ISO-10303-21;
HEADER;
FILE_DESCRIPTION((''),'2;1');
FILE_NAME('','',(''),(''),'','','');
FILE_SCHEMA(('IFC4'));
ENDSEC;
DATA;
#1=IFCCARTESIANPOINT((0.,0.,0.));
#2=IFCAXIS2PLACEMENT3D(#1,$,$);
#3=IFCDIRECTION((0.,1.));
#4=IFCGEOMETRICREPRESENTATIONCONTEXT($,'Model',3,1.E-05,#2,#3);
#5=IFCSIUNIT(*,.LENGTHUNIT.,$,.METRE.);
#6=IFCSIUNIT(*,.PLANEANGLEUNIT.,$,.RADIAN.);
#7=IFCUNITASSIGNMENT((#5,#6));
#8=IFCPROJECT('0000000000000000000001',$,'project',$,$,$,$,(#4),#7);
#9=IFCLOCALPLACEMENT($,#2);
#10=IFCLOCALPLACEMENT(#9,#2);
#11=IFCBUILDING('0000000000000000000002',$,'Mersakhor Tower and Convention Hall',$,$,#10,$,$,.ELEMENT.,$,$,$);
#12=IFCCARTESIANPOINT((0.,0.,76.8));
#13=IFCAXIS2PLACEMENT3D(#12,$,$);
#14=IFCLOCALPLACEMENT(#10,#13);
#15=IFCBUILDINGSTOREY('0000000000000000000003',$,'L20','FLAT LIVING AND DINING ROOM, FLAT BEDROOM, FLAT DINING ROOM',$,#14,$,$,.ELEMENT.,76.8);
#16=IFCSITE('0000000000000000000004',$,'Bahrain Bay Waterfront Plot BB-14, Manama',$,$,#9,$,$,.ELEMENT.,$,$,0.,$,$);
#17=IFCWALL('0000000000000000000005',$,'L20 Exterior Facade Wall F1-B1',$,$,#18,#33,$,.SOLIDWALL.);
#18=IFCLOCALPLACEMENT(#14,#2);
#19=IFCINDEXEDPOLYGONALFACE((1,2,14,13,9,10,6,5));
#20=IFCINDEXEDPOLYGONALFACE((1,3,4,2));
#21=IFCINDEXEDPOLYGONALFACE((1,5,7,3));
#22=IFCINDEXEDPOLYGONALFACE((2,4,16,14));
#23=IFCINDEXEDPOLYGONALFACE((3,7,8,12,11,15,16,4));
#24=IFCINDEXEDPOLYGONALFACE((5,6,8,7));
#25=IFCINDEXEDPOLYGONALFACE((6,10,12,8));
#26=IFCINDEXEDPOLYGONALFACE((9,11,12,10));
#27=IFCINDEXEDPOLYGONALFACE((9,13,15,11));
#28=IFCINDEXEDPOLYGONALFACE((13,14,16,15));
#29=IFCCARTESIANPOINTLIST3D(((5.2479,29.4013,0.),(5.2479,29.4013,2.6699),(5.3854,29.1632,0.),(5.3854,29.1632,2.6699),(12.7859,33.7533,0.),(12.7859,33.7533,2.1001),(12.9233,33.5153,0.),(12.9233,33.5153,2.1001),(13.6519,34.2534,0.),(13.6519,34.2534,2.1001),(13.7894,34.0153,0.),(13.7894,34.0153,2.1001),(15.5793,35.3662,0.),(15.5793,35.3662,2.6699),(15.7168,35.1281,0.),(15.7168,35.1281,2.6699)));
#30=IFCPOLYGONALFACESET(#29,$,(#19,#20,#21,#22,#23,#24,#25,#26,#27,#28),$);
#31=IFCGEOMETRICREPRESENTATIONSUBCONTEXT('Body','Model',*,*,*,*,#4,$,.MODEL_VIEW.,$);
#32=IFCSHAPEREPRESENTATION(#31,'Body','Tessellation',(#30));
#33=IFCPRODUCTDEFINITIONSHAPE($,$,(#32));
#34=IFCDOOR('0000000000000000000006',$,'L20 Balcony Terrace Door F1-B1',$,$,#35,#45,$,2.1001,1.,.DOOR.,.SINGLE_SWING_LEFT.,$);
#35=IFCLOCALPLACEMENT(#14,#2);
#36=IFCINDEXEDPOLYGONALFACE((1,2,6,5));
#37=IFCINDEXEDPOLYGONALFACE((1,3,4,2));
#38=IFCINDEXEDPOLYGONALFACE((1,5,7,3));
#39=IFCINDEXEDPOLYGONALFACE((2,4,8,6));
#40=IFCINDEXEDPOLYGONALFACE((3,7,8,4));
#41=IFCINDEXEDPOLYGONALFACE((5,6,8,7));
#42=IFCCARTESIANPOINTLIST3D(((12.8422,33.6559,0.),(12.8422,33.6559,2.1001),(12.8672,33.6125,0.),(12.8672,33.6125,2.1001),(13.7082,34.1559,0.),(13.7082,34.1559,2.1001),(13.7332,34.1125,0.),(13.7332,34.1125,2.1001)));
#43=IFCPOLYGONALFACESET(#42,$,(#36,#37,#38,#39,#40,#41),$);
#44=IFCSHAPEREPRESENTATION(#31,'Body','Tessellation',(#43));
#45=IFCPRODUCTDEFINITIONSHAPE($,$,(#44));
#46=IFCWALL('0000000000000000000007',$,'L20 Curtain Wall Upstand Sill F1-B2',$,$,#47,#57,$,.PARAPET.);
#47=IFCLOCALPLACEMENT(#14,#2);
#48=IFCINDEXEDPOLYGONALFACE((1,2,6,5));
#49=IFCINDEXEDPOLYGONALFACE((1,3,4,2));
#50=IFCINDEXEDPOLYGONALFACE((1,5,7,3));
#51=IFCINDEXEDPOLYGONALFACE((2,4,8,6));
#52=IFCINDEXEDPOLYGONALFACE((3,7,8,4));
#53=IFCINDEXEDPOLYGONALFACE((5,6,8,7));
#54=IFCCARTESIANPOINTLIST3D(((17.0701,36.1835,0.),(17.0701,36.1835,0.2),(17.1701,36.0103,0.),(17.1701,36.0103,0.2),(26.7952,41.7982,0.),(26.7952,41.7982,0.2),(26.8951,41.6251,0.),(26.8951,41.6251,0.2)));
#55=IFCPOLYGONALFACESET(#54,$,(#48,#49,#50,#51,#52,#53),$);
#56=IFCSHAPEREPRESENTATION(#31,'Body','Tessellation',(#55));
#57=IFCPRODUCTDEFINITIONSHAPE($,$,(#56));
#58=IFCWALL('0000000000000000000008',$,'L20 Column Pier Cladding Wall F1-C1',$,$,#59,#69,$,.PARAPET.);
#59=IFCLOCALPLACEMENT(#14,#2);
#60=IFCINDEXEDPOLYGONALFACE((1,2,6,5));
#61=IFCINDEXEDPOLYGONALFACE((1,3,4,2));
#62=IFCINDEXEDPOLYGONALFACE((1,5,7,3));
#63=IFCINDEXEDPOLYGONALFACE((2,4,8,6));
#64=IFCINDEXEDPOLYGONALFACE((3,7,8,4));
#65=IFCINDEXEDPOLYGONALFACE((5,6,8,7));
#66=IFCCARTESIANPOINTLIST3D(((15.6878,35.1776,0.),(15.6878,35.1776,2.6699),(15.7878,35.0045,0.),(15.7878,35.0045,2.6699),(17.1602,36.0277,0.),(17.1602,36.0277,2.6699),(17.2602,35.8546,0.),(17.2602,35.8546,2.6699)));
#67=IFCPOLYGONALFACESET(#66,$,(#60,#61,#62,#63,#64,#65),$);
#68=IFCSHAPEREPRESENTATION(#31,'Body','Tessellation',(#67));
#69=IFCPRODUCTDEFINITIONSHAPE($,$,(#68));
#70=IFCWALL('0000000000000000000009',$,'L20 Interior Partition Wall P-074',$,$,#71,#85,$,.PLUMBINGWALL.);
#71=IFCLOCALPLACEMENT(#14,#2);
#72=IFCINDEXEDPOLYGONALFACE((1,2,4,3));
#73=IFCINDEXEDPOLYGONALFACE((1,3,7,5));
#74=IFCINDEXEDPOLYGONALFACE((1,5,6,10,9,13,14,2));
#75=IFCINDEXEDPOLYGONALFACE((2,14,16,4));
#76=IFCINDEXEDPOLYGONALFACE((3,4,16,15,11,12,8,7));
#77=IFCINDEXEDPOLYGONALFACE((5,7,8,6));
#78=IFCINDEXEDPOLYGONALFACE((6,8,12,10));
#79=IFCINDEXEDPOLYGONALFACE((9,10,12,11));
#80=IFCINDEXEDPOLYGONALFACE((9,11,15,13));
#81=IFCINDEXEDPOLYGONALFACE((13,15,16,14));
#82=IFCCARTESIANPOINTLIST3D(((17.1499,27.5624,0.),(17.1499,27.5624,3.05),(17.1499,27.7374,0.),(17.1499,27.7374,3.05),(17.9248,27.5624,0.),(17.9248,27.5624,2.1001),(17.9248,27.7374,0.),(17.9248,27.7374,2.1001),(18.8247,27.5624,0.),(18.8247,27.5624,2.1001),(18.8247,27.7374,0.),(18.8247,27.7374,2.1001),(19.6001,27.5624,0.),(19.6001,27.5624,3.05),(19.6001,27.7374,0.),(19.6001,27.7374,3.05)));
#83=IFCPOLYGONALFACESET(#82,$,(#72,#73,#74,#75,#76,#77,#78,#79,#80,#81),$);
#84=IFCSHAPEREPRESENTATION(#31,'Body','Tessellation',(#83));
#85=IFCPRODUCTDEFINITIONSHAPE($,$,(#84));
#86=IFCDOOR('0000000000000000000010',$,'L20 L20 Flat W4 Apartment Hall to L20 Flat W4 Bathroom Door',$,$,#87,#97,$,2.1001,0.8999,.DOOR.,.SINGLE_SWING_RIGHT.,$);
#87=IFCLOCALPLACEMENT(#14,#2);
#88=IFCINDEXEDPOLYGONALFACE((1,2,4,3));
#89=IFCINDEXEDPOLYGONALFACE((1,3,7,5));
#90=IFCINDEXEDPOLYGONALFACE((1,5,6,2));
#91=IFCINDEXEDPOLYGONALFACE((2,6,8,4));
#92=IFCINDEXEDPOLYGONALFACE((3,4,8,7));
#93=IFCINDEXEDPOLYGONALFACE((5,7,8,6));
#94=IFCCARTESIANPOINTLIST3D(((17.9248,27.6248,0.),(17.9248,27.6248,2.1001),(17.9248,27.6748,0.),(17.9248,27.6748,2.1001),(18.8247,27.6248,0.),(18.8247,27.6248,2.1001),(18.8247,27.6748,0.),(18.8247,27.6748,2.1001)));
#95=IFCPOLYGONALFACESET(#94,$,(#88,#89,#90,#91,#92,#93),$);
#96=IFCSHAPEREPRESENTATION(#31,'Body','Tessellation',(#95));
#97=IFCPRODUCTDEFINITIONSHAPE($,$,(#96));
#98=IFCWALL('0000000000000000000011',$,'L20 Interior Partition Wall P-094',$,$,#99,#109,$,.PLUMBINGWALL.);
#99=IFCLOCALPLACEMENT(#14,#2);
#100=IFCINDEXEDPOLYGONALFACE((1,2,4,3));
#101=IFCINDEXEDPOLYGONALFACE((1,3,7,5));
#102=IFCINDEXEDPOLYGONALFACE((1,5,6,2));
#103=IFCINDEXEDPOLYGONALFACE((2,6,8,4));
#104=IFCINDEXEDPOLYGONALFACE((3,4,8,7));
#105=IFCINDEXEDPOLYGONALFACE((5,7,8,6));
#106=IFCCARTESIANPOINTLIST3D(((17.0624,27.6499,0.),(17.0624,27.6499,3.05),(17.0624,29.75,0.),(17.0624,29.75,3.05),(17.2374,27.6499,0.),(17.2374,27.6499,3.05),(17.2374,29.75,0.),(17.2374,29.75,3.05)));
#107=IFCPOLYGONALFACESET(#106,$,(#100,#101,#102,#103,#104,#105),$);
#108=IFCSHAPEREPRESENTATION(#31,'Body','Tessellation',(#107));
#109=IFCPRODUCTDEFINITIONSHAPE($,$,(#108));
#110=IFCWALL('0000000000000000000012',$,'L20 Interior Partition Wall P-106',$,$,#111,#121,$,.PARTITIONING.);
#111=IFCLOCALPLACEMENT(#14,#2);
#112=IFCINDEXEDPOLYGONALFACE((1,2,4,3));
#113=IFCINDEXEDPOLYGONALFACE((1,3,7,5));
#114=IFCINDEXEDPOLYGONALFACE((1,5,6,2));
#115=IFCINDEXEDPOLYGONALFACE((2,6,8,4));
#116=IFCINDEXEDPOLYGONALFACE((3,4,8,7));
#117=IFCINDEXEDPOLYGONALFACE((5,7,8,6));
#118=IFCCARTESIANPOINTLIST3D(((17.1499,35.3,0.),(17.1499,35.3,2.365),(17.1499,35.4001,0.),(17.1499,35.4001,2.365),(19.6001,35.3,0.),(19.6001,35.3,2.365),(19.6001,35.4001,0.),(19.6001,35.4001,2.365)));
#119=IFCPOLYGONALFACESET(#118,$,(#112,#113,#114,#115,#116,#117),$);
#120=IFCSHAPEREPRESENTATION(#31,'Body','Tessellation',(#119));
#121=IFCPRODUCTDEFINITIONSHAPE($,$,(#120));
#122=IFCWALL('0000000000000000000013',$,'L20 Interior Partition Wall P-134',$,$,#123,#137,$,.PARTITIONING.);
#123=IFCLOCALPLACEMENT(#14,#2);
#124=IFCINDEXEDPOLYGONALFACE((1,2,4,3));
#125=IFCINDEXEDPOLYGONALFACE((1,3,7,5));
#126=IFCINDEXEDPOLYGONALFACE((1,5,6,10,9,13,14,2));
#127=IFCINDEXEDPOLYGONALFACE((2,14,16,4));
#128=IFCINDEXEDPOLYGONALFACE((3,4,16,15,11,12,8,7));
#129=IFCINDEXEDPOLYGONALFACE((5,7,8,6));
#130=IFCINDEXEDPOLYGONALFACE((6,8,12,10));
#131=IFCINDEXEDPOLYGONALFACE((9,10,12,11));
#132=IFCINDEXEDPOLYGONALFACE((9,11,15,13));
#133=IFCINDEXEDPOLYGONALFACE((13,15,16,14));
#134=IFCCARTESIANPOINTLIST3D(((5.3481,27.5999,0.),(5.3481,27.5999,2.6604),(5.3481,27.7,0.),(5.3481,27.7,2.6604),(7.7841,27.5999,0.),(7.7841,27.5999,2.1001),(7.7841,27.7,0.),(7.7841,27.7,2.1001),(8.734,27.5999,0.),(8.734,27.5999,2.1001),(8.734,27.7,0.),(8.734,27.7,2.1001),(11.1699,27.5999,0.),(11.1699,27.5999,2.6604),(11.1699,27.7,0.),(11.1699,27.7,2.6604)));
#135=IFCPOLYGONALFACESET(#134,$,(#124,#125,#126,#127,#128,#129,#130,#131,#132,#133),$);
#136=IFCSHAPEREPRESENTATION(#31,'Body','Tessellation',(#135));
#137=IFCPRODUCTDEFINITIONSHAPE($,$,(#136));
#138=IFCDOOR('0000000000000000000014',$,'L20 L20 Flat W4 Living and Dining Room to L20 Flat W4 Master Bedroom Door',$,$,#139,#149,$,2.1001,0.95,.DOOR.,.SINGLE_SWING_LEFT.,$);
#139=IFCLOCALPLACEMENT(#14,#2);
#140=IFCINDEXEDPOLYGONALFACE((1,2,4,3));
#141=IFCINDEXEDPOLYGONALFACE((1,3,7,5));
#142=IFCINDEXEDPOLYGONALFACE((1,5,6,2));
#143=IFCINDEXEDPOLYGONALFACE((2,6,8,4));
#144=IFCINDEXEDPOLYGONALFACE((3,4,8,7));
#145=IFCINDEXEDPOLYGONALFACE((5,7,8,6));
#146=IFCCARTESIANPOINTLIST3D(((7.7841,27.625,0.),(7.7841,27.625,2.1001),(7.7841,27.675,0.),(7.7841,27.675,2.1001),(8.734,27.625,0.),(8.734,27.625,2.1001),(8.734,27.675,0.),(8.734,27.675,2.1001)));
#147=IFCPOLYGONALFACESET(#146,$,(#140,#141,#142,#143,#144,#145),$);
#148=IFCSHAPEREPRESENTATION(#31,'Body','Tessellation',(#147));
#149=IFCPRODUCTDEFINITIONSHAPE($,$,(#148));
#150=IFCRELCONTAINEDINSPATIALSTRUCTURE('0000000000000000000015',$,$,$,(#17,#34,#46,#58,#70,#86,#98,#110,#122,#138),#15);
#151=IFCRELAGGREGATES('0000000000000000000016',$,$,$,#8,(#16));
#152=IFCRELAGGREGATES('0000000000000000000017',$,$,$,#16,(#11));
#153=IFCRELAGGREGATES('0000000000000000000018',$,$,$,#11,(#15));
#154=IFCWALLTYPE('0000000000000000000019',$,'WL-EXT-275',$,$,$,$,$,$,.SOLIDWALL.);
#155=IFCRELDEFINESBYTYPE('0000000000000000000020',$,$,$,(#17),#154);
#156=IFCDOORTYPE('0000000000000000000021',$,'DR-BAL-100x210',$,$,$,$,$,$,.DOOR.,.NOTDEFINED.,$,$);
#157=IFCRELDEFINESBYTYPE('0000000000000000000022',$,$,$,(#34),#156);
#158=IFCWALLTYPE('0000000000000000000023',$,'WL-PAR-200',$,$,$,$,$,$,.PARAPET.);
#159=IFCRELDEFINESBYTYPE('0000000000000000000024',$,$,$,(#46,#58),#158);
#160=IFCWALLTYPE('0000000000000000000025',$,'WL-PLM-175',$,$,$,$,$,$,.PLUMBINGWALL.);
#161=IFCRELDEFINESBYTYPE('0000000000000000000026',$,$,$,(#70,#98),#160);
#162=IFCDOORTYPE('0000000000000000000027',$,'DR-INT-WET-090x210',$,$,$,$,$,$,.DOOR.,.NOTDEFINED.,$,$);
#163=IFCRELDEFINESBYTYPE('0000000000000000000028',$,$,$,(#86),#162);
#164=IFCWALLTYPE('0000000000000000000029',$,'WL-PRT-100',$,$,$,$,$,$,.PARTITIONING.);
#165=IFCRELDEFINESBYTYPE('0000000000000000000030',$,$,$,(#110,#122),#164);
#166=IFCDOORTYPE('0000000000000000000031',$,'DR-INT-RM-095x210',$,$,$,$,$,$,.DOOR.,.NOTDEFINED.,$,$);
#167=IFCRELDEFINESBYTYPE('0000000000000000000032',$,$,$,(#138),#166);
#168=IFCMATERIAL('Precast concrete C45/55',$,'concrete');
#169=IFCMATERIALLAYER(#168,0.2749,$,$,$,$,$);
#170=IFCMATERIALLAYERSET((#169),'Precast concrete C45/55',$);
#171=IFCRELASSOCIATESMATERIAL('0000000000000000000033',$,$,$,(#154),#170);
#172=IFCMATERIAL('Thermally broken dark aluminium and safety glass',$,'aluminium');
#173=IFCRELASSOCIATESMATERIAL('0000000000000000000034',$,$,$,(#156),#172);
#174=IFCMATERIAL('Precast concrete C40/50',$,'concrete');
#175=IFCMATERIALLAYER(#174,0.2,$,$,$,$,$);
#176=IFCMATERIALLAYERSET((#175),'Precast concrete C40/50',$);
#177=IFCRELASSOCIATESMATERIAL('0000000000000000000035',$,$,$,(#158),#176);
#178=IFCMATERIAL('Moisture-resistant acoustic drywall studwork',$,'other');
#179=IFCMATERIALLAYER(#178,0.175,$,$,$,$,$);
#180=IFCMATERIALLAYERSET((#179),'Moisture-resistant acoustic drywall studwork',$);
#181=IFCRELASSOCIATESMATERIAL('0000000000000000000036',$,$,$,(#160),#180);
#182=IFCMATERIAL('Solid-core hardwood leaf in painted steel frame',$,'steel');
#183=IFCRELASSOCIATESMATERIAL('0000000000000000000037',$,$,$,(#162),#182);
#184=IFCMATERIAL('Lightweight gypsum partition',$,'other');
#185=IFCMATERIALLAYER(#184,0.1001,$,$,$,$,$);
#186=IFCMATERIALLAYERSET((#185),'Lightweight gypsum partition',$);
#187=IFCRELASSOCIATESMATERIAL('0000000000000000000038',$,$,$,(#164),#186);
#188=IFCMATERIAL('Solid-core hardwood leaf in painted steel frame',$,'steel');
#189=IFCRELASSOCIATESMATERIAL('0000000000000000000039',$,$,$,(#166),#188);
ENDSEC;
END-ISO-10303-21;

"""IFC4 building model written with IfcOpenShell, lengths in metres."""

from ifc_helpers import new_model, si_unit, direction, frame, frame_2d, origin, place, context, subcontext, project, spatial, rectangle, extrude, material, layer, layer_set, type_object, element, fill, save


model = new_model("IFC4")

# Units and contexts
model_context = context("Model", 3, precision=1e-05, world=origin(), true_north=direction((0.0, 1.0)))
body_context = subcontext(model_context, "Body", "Model", "MODEL_VIEW")
ifc_project = project(units=[si_unit("LENGTHUNIT", "METRE"), si_unit("PLANEANGLEUNIT", "RADIAN")], contexts=[model_context])

# Site, building, storey
site_placement = place(None, origin())
site = spatial("IfcSite", under=ifc_project, at=site_placement, Name="Bahrain Bay Waterfront Plot BB-14, Manama", CompositionType="ELEMENT", RefElevation=0.0)
building_placement = place(site_placement, origin())
building = spatial("IfcBuilding", under=site, at=building_placement, Name="Mersakhor Tower and Convention Hall", CompositionType="ELEMENT")
storey_placement = place(building_placement, frame((0.0, 0.0, 76.8)))
storey = spatial("IfcBuildingStorey", under=building, at=storey_placement, Name="L20", Description="FLAT LIVING AND DINING ROOM, FLAT BEDROOM, FLAT DINING ROOM", CompositionType="ELEMENT", Elevation=76.8)

# Wall, opening, door
ifc_material_1 = material(Name="Precast concrete C45/55", Category="concrete")
ifc_layer_1 = layer(ifc_material_1, 0.2749)
ifc_layer_set_1 = layer_set([ifc_layer_1], Name="Precast concrete C45/55")
wall_type_1 = type_object("IfcWallType", Name="WL-EXT-275", PredefinedType="SOLIDWALL", material=ifc_layer_set_1)
wall_1_placement = place(storey_placement, frame((5.3167, 29.2822, 0.0), z_axis=(0.0, 0.0, 1.0), x_axis=(0.866023, 0.500004, 0.0)))
wall_1 = element("IfcWall", 1, at=wall_1_placement, inside=storey, type_object=wall_type_1, Name="L20 Exterior Facade Wall F1-B1", PredefinedType="SOLIDWALL", context=body_context, shape_type="SweptSolid", body=[
    extrude(rectangle(XDim=11.9297, YDim=0.2749, at=frame_2d((5.9648, 0.0))), origin(), (0.0, 0.0, 1.0), 2.6699),
])
opening_1_placement = place(wall_1_placement, frame((8.7041, 0.0, 0.0)))
opening_1 = element("IfcOpeningElement", 2, at=opening_1_placement, cuts=wall_1, PredefinedType="OPENING", context=body_context, shape_type="SweptSolid", body=[
    extrude(rectangle(XDim=1.0, YDim=2.1001, at=frame_2d((0.5, 1.05))), frame((0.0, 0.1475, 0.0), z_axis=(0.0, -1.0, 0.0), x_axis=(1.0, 0.0, 0.0)), (0.0, 0.0, 1.0), 0.2949),
])
ifc_material_2 = material(Name="Thermally broken dark aluminium and safety glass", Category="aluminium")
door_type_1 = type_object("IfcDoorType", Name="DR-BAL-100x210", OperationType="NOTDEFINED", PredefinedType="DOOR", material=ifc_material_2)
door_1_placement = place(opening_1_placement, origin())
door_1 = element("IfcDoor", 3, at=door_1_placement, inside=storey, type_object=door_type_1, Name="L20 Balcony Terrace Door F1-B1", OperationType="SINGLE_SWING_LEFT", OverallHeight=2.1001, OverallWidth=1.0, PredefinedType="DOOR", context=body_context, shape_type="SweptSolid", body=[
    extrude(rectangle(XDim=1.0, YDim=2.1001, at=frame_2d((0.5, 1.05))), frame((0.0, 0.0249, 0.0), z_axis=(0.0, -1.0, 0.0), x_axis=(1.0, 0.0, 0.0)), (0.0, 0.0, 1.0), 0.05),
])
fill(opening_1, door_1)

# Walls
ifc_material_3 = material(Name="Precast concrete C40/50", Category="concrete")
ifc_layer_2 = layer(ifc_material_3, 0.2)
ifc_layer_set_2 = layer_set([ifc_layer_2], Name="Precast concrete C40/50")
wall_type_2 = type_object("IfcWallType", Name="WL-PAR-200", PredefinedType="PARAPET", material=ifc_layer_set_2)
wall_2_placement = place(storey_placement, frame((17.1201, 36.0969, 0.0), z_axis=(0.0, 0.0, 1.0), x_axis=(0.866027, 0.499997, 0.0)))
element("IfcWall", 4, at=wall_2_placement, inside=storey, type_object=wall_type_2, Name="L20 Curtain Wall Upstand Sill F1-B2", PredefinedType="PARAPET", context=body_context, shape_type="SweptSolid", body=[
    extrude(rectangle(XDim=11.2295, YDim=0.2, at=frame_2d((5.6147, 0.0))), origin(), (0.0, 0.0, 1.0), 0.2),
])
wall_3_placement = place(storey_placement, frame((15.7378, 35.0911, 0.0), z_axis=(0.0, 0.0, 1.0), x_axis=(0.866025, 0.5, 0.0)))
element("IfcWall", 5, at=wall_3_placement, inside=storey, type_object=wall_type_2, Name="L20 Column Pier Cladding Wall F1-C1", PredefinedType="PARAPET", context=body_context, shape_type="SweptSolid", body=[
    extrude(rectangle(XDim=1.7002, YDim=0.2, at=frame_2d((0.8501, 0.0))), origin(), (0.0, 0.0, 1.0), 2.6699),
])

# Wall, opening, door
ifc_material_4 = material(Name="Moisture-resistant acoustic drywall studwork", Category="other")
ifc_layer_3 = layer(ifc_material_4, 0.175)
ifc_layer_set_3 = layer_set([ifc_layer_3], Name="Moisture-resistant acoustic drywall studwork")
wall_type_3 = type_object("IfcWallType", Name="WL-PLM-175", PredefinedType="PLUMBINGWALL", material=ifc_layer_set_3)
wall_4_placement = place(storey_placement, frame((17.1499, 27.6499, 0.0), z_axis=(0.0, 0.0, 1.0), x_axis=(1.0, 0.0, 0.0)))
wall_4 = element("IfcWall", 6, at=wall_4_placement, inside=storey, type_object=wall_type_3, Name="L20 Interior Partition Wall P-074", PredefinedType="PLUMBINGWALL", context=body_context, shape_type="SweptSolid", body=[
    extrude(rectangle(XDim=2.4502, YDim=0.175, at=frame_2d((1.2251, 0.0))), origin(), (0.0, 0.0, 1.0), 3.05),
])
opening_2_placement = place(wall_4_placement, frame((0.7749, 0.0, 0.0)))
opening_2 = element("IfcOpeningElement", 7, at=opening_2_placement, cuts=wall_4, PredefinedType="OPENING", context=body_context, shape_type="SweptSolid", body=[
    extrude(rectangle(XDim=0.8999, YDim=2.1001, at=frame_2d((0.45, 1.05))), frame((0.0, 0.0974, 0.0), z_axis=(0.0, -1.0, 0.0), x_axis=(1.0, 0.0, 0.0)), (0.0, 0.0, 1.0), 0.1951),
])
ifc_material_5 = material(Name="Solid-core hardwood leaf in painted steel frame", Category="steel")
door_type_2 = type_object("IfcDoorType", Name="DR-INT-WET-090x210", OperationType="NOTDEFINED", PredefinedType="DOOR", material=ifc_material_5)
door_2_placement = place(opening_2_placement, origin())
door_2 = element("IfcDoor", 8, at=door_2_placement, inside=storey, type_object=door_type_2, Name="L20 L20 Flat W4 Apartment Hall to L20 Flat W4 Bathroom Door", OperationType="SINGLE_SWING_RIGHT", OverallHeight=2.1001, OverallWidth=0.8999, PredefinedType="DOOR", context=body_context, shape_type="SweptSolid", body=[
    extrude(rectangle(XDim=0.8999, YDim=2.1001, at=frame_2d((0.45, 1.05))), frame((0.0, 0.0249, 0.0), z_axis=(0.0, -1.0, 0.0), x_axis=(1.0, 0.0, 0.0)), (0.0, 0.0, 1.0), 0.05),
])
fill(opening_2, door_2)

# Walls
wall_5_placement = place(storey_placement, frame((17.1499, 27.6499, 0.0), z_axis=(0.0, 0.0, 1.0), x_axis=(0.0, 1.0, 0.0)))
element("IfcWall", 9, at=wall_5_placement, inside=storey, type_object=wall_type_3, Name="L20 Interior Partition Wall P-094", PredefinedType="PLUMBINGWALL", context=body_context, shape_type="SweptSolid", body=[
    extrude(rectangle(XDim=2.1001, YDim=0.175, at=frame_2d((1.05, 0.0))), origin(), (0.0, 0.0, 1.0), 3.05),
])
ifc_material_6 = material(Name="Lightweight gypsum partition", Category="other")
ifc_layer_4 = layer(ifc_material_6, 0.1001)
ifc_layer_set_4 = layer_set([ifc_layer_4], Name="Lightweight gypsum partition")
wall_type_4 = type_object("IfcWallType", Name="WL-PRT-100", PredefinedType="PARTITIONING", material=ifc_layer_set_4)
wall_6_placement = place(storey_placement, frame((17.1499, 35.3501, 0.0), z_axis=(0.0, 0.0, 1.0), x_axis=(1.0, 0.0, 0.0)))
element("IfcWall", 10, at=wall_6_placement, inside=storey, type_object=wall_type_4, Name="L20 Interior Partition Wall P-106", PredefinedType="PARTITIONING", context=body_context, shape_type="SweptSolid", body=[
    extrude(rectangle(XDim=2.4502, YDim=0.1001, at=frame_2d((1.2251, 0.0))), origin(), (0.0, 0.0, 1.0), 2.365),
])

# Wall, opening, door
wall_7_placement = place(storey_placement, frame((11.1699, 27.6499, 0.0), z_axis=(0.0, 0.0, 1.0), x_axis=(-1.0, 0.0, 0.0)))
wall_7 = element("IfcWall", 11, at=wall_7_placement, inside=storey, type_object=wall_type_4, Name="L20 Interior Partition Wall P-134", PredefinedType="PARTITIONING", context=body_context, shape_type="SweptSolid", body=[
    extrude(rectangle(XDim=5.8218, YDim=0.1001, at=frame_2d((2.9109, 0.0))), origin(), (0.0, 0.0, 1.0), 2.6604),
])
opening_3_placement = place(wall_7_placement, frame((2.4358, 0.0, 0.0)))
opening_3 = element("IfcOpeningElement", 12, at=opening_3_placement, cuts=wall_7, PredefinedType="OPENING", context=body_context, shape_type="SweptSolid", body=[
    extrude(rectangle(XDim=0.95, YDim=2.1001, at=frame_2d((0.4751, 1.05))), frame((0.0, 0.0601, 0.0), z_axis=(0.0, -1.0, 0.0), x_axis=(1.0, 0.0, 0.0)), (0.0, 0.0, 1.0), 0.1201),
])
ifc_material_7 = material(Name="Solid-core hardwood leaf in painted steel frame", Category="steel")
door_type_3 = type_object("IfcDoorType", Name="DR-INT-RM-095x210", OperationType="NOTDEFINED", PredefinedType="DOOR", material=ifc_material_7)
door_3_placement = place(opening_3_placement, origin())
door_3 = element("IfcDoor", 13, at=door_3_placement, inside=storey, type_object=door_type_3, Name="L20 L20 Flat W4 Living and Dining Room to L20 Flat W4 Master Bedroom Door", OperationType="SINGLE_SWING_LEFT", OverallHeight=2.1001, OverallWidth=0.95, PredefinedType="DOOR", context=body_context, shape_type="SweptSolid", body=[
    extrude(rectangle(XDim=0.95, YDim=2.1001, at=frame_2d((0.4751, 1.05))), frame((0.0, 0.0249, 0.0), z_axis=(0.0, -1.0, 0.0), x_axis=(1.0, 0.0, 0.0)), (0.0, 0.0, 1.0), 0.05),
])
fill(opening_3, door_3)

save(model, "model.ifc")
